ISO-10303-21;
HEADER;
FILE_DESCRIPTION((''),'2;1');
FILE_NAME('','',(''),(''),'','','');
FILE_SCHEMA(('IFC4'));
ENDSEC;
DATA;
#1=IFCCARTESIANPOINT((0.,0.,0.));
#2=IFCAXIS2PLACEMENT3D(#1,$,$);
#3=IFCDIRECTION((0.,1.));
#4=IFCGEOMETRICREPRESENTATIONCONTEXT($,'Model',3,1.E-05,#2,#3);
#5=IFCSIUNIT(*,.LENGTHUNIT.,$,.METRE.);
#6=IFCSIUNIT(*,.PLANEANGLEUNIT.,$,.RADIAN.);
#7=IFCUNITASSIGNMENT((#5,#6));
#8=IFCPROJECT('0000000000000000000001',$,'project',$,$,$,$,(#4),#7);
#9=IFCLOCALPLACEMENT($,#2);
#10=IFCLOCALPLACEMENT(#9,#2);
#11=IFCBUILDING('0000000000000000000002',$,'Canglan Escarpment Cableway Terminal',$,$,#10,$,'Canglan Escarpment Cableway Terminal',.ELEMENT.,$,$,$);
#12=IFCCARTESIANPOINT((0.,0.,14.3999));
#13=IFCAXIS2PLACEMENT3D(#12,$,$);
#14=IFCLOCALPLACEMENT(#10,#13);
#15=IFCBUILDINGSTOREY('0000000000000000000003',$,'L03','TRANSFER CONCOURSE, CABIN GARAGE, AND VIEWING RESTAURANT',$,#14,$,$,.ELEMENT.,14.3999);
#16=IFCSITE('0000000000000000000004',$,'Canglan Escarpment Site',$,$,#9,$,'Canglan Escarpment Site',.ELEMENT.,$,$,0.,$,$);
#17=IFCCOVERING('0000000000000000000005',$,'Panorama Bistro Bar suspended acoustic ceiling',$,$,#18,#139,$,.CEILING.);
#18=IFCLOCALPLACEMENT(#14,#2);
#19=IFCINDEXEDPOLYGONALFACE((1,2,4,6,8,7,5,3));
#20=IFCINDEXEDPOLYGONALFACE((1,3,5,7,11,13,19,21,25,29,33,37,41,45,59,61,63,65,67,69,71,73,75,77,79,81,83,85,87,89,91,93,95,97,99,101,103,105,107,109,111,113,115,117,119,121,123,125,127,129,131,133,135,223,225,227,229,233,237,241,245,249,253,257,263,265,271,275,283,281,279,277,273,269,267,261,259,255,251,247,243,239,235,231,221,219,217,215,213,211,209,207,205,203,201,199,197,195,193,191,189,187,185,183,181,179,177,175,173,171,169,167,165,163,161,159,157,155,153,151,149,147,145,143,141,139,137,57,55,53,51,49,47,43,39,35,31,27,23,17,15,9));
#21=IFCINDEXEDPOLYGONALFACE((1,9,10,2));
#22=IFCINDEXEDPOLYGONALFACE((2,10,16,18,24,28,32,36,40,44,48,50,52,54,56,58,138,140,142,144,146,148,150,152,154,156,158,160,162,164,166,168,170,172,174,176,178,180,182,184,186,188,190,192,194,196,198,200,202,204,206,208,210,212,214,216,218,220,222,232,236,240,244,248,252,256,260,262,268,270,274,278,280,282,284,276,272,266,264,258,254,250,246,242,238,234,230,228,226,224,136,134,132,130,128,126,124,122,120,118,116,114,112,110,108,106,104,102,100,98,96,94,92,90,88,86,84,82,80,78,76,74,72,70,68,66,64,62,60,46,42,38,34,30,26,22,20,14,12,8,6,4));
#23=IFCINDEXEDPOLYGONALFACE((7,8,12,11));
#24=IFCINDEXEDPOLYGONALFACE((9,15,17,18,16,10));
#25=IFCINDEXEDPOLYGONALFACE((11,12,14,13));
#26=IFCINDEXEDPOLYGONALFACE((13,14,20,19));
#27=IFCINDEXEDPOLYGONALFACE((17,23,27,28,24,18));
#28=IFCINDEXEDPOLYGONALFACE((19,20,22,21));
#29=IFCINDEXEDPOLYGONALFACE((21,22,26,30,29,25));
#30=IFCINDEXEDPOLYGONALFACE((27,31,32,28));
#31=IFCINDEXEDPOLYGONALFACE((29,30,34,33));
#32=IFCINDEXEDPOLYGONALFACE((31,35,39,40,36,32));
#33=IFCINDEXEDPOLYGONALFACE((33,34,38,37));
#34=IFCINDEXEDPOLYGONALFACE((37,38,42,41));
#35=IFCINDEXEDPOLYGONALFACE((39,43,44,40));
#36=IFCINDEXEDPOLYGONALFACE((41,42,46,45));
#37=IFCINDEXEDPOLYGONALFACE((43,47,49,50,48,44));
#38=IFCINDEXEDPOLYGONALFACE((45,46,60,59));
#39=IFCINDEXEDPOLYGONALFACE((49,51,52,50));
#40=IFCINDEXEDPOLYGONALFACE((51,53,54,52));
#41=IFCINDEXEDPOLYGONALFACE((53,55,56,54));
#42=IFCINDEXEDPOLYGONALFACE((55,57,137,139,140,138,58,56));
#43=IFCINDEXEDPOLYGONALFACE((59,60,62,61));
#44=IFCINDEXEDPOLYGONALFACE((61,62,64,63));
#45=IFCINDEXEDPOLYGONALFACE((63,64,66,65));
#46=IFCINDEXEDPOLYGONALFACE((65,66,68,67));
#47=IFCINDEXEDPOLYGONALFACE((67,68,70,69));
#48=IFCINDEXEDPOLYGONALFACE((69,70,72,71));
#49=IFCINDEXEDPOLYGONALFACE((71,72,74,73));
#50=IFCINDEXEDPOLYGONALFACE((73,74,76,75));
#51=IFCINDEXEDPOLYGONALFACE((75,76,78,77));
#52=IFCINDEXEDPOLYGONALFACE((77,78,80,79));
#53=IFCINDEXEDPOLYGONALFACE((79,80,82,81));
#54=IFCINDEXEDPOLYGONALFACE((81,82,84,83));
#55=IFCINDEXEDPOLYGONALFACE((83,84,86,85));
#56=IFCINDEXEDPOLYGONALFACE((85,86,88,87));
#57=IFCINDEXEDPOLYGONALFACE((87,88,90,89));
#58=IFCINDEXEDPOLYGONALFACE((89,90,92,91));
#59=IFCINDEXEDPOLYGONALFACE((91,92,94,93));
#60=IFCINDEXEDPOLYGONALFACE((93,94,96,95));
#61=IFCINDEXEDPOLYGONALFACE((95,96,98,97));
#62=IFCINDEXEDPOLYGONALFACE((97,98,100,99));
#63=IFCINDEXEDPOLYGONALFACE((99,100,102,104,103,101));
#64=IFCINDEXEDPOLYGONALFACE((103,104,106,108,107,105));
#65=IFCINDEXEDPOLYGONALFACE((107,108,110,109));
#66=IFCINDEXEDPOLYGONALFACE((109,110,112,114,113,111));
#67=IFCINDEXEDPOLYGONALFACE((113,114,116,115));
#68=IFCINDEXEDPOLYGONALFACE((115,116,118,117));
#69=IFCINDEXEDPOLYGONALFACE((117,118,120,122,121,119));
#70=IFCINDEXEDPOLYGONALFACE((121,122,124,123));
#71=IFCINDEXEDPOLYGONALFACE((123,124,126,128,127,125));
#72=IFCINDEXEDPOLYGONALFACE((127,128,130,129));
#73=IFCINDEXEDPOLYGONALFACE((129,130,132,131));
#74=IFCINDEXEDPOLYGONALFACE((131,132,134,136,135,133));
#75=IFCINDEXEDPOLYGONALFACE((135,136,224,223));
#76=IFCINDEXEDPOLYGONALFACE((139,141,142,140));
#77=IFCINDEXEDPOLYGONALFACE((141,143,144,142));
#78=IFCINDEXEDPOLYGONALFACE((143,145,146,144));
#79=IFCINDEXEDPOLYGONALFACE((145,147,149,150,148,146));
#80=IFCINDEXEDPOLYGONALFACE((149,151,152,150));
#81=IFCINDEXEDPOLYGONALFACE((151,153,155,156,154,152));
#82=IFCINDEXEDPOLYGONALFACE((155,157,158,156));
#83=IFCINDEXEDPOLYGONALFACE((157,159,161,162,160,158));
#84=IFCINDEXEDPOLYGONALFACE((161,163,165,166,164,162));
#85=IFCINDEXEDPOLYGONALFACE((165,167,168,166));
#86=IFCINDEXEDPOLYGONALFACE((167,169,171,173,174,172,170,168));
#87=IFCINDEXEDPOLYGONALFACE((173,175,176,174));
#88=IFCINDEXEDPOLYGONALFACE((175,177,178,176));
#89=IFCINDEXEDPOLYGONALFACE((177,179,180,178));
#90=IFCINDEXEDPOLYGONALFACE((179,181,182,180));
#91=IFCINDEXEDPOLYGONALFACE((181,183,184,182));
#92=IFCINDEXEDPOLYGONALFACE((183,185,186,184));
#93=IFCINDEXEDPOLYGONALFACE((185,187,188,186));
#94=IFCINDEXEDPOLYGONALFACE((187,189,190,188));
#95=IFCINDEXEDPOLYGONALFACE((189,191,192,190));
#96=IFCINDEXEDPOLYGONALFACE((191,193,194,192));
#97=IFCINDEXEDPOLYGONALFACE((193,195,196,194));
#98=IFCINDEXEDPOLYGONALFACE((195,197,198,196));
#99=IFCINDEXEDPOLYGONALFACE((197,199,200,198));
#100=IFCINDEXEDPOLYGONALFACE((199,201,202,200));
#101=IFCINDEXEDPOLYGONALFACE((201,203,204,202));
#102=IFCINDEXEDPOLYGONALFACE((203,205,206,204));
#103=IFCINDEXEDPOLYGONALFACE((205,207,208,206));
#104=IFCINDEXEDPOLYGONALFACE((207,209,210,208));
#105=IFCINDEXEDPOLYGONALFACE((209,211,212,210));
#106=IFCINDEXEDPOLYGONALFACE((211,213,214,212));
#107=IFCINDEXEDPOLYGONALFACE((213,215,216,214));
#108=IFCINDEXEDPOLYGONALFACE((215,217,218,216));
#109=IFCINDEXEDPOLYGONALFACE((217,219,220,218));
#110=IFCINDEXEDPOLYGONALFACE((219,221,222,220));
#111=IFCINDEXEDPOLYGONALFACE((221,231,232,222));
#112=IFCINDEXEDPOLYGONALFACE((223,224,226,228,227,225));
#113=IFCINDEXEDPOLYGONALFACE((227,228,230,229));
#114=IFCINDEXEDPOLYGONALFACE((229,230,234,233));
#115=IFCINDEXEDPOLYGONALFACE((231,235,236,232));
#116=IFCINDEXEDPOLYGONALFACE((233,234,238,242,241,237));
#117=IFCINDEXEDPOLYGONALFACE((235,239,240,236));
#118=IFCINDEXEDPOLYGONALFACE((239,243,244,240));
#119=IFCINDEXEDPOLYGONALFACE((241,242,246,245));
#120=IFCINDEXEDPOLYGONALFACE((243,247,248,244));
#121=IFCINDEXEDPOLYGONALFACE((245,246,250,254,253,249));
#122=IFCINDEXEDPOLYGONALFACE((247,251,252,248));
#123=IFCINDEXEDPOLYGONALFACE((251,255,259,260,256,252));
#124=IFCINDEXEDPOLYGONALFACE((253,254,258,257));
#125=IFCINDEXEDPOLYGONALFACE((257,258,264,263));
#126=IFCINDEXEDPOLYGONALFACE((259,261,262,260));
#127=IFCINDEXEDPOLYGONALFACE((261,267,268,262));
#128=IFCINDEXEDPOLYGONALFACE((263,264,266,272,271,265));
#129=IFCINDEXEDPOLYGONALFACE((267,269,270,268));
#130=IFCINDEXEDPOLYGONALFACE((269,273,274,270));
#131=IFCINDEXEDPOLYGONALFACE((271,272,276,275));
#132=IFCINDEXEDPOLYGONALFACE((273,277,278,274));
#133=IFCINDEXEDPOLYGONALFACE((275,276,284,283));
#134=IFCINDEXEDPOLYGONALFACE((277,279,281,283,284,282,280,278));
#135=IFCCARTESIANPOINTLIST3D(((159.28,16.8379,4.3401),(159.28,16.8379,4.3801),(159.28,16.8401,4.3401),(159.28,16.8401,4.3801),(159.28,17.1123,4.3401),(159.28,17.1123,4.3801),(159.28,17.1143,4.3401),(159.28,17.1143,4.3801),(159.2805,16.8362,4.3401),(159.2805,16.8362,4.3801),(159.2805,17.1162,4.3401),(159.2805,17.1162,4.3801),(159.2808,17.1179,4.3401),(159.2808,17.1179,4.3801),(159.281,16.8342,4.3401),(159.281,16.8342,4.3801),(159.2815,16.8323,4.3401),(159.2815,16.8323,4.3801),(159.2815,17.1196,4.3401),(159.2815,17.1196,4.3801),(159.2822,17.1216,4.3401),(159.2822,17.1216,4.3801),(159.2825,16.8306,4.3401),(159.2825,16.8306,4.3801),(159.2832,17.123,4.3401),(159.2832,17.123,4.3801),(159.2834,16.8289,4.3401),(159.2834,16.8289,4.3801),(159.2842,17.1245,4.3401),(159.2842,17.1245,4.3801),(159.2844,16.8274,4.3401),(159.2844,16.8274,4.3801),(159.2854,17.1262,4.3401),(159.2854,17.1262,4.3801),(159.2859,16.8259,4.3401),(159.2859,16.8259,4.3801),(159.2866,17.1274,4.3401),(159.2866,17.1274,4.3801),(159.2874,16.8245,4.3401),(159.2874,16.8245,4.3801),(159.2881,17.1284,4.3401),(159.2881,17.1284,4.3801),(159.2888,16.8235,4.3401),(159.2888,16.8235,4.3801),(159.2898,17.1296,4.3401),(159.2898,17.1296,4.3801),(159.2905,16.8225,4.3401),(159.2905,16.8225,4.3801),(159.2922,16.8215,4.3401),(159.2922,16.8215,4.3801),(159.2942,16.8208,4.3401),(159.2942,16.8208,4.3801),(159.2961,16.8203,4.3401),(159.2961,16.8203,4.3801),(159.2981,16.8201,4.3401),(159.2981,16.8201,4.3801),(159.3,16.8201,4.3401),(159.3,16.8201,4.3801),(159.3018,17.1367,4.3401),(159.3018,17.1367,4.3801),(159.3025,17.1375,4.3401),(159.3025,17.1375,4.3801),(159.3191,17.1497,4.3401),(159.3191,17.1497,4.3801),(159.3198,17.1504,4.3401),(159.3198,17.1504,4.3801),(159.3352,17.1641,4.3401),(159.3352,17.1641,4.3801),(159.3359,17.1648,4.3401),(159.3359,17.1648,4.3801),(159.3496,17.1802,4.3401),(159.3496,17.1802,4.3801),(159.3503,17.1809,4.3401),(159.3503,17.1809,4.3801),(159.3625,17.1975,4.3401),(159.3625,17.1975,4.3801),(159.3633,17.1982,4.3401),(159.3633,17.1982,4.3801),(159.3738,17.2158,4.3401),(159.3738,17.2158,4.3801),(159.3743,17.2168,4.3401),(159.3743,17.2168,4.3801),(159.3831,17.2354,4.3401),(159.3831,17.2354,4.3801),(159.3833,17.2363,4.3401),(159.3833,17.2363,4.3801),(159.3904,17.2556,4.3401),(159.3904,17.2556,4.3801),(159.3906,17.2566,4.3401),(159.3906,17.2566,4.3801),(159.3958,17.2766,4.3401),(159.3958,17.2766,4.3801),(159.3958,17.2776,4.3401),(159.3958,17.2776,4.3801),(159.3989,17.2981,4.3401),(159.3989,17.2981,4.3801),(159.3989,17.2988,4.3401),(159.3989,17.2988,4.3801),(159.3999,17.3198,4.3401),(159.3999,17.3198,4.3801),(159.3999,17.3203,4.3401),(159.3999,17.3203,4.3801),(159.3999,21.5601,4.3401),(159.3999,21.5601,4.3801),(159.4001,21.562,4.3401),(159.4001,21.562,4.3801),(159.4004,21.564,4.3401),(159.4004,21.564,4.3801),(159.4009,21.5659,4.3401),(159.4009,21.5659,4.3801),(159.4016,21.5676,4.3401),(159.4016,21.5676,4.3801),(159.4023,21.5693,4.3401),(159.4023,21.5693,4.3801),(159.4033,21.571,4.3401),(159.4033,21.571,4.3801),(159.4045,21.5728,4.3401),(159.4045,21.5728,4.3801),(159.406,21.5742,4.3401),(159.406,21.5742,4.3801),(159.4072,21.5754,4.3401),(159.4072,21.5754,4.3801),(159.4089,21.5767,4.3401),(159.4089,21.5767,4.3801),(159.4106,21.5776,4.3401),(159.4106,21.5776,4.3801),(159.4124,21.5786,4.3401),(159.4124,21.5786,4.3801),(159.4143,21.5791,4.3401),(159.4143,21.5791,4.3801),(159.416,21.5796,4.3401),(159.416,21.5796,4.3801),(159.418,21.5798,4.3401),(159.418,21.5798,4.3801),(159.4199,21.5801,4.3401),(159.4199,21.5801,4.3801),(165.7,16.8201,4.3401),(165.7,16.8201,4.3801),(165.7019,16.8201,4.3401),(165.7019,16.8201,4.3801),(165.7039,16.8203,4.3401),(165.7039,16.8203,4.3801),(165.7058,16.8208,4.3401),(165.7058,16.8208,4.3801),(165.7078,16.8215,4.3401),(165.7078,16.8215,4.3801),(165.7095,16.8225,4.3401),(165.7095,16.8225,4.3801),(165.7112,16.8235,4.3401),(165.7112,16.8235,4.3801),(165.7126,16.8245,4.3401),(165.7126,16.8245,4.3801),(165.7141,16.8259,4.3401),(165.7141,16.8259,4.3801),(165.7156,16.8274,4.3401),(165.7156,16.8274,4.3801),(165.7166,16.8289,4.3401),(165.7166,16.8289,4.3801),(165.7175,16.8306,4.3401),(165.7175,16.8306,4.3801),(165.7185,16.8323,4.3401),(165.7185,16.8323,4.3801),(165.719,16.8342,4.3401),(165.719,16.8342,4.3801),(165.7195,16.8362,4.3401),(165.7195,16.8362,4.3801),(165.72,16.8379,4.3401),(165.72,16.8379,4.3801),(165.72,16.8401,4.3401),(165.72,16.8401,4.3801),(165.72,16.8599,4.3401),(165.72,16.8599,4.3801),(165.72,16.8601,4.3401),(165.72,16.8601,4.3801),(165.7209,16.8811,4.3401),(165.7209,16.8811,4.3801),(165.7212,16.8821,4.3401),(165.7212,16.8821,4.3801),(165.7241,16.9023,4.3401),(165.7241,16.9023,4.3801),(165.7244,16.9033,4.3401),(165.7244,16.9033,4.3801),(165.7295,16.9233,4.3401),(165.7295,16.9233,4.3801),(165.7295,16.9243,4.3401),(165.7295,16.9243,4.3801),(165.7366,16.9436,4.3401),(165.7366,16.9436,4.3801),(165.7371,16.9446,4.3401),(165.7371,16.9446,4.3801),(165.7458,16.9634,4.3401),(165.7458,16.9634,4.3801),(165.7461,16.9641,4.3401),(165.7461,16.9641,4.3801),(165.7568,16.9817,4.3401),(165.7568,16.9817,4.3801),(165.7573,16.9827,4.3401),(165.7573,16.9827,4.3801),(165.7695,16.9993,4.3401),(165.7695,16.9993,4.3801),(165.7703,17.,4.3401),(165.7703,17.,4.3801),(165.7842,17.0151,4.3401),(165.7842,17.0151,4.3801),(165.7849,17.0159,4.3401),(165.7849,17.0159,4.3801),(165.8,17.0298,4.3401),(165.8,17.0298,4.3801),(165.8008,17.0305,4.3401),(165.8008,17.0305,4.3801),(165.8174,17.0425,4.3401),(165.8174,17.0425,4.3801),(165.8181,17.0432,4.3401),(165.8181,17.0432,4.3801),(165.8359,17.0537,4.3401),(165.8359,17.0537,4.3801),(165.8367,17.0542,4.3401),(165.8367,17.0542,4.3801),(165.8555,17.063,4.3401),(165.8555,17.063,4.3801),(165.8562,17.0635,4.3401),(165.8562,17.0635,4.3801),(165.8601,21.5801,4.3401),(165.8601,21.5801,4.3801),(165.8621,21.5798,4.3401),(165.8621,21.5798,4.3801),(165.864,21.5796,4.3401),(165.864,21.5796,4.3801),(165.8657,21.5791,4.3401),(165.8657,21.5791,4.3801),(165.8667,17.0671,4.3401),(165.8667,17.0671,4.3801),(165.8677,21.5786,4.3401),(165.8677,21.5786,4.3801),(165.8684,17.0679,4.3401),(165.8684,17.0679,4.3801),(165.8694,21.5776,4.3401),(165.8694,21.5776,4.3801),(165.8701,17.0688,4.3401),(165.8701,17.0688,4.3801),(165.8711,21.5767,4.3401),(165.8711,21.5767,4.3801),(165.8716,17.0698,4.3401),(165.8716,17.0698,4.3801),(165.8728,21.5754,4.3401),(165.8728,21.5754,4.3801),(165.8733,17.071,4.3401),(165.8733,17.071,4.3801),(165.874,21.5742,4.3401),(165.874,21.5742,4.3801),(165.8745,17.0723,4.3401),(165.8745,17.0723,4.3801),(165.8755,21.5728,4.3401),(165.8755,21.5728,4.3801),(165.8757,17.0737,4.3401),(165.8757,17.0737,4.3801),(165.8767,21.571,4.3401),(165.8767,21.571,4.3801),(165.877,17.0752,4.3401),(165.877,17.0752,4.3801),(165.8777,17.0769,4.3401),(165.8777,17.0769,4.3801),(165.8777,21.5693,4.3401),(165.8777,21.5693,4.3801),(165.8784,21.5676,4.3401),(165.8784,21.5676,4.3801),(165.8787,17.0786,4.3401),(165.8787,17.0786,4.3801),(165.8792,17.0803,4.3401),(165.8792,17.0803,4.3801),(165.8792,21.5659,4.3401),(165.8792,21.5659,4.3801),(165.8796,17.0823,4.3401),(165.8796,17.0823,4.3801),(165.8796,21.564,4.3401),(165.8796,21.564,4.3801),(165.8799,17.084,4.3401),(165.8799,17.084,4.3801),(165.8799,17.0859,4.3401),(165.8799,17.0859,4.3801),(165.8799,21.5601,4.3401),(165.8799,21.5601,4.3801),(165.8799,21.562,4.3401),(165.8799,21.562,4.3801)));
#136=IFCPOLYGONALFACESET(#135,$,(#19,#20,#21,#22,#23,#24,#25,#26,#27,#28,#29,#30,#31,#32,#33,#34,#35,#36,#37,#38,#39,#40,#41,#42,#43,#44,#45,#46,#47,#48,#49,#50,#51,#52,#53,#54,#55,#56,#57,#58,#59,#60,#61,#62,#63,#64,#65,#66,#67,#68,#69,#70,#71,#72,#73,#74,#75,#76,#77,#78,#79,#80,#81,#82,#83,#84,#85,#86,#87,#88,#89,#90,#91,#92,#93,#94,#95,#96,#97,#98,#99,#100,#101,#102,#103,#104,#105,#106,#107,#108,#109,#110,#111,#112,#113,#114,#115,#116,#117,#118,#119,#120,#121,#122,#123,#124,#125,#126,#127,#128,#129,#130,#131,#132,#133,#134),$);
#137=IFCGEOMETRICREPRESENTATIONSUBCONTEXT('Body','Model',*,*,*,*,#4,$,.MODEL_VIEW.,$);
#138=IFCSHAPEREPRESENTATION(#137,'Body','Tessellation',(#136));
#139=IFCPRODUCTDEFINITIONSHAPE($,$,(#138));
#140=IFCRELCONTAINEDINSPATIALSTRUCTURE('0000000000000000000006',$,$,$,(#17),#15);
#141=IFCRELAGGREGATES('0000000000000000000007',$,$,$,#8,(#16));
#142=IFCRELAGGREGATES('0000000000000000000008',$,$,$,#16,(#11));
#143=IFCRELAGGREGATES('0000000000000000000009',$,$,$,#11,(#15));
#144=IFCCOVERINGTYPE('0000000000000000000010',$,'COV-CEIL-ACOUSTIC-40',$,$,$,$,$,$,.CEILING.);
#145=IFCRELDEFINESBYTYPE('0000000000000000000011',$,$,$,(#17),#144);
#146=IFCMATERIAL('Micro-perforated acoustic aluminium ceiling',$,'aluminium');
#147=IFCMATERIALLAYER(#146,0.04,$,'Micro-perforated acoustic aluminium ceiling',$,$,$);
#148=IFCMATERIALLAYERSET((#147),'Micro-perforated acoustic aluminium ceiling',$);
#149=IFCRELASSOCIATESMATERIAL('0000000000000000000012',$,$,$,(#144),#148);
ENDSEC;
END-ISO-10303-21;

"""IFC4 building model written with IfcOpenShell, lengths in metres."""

from ifc_helpers import new_model, si_unit, direction, frame, origin, place, context, subcontext, project, spatial, polyline, outline, extrude, material, layer, layer_set, type_object, element, save


model = new_model("IFC4")

# Units and contexts
model_context = context("Model", 3, precision=1e-05, world=origin(), true_north=direction((0.0, 1.0)))
body_context = subcontext(model_context, "Body", "Model", "MODEL_VIEW")
ifc_project = project(units=[si_unit("LENGTHUNIT", "METRE"), si_unit("PLANEANGLEUNIT", "RADIAN")], contexts=[model_context])

# Site, building, storey
site_placement = place(None, origin())
site = spatial("IfcSite", under=ifc_project, at=site_placement, Name="Canglan Escarpment Site", LongName="Canglan Escarpment Site", CompositionType="ELEMENT", RefElevation=0.0)
building_placement = place(site_placement, origin())
building = spatial("IfcBuilding", under=site, at=building_placement, Name="Canglan Escarpment Cableway Terminal", LongName="Canglan Escarpment Cableway Terminal", CompositionType="ELEMENT")
storey_placement = place(building_placement, frame((0.0, 0.0, 14.3999)))
storey = spatial("IfcBuildingStorey", under=building, at=storey_placement, Name="L03", Description="TRANSFER CONCOURSE, CABIN GARAGE, AND VIEWING RESTAURANT", CompositionType="ELEMENT", Elevation=14.3999)

# Covering
ifc_material_1 = material(Name="Micro-perforated acoustic aluminium ceiling", Category="aluminium")
ifc_layer_1 = layer(ifc_material_1, 0.04, Name="Micro-perforated acoustic aluminium ceiling")
ifc_layer_set_1 = layer_set([ifc_layer_1], Name="Micro-perforated acoustic aluminium ceiling")
covering_type_1 = type_object("IfcCoveringType", Name="COV-CEIL-ACOUSTIC-40", PredefinedType="CEILING", material=ifc_layer_set_1)
covering_1_placement = place(storey_placement, frame((0.0, 0.0, 4.3401)))
element("IfcCovering", 1, at=covering_1_placement, inside=storey, type_object=covering_type_1, Name="Panorama Bistro Bar suspended acoustic ceiling", PredefinedType="CEILING", context=body_context, shape_type="SweptSolid", body=[
    extrude(outline(polyline([(159.28, 17.1123), (159.28, 17.1143), (159.2805, 17.1162), (159.2808, 17.1179), (159.2815, 17.1196), (159.2822, 17.1216), (159.2832, 17.123), (159.2842, 17.1245), (159.2854, 17.1262), (159.2866, 17.1274), (159.2881, 17.1284), (159.2898, 17.1296), (159.3018, 17.1367), (159.3025, 17.1375), (159.3191, 17.1497), (159.3198, 17.1504), (159.3352, 17.1641), (159.3359, 17.1648), (159.3496, 17.1802), (159.3503, 17.1809), (159.3625, 17.1975), (159.3633, 17.1982), (159.3738, 17.2158), (159.3743, 17.2168), (159.3831, 17.2354), (159.3833, 17.2363), (159.3904, 17.2556), (159.3906, 17.2566), (159.3958, 17.2766), (159.3958, 17.2776), (159.3989, 17.2981), (159.3989, 17.2988), (159.3999, 17.3198), (159.3999, 17.3203), (159.3999, 21.5601), (159.4001, 21.562), (159.4004, 21.564), (159.4009, 21.5659), (159.4016, 21.5676), (159.4023, 21.5693), (159.4033, 21.571), (159.4045, 21.5728), (159.406, 21.5742), (159.4072, 21.5754), (159.4089, 21.5767), (159.4106, 21.5776), (159.4124, 21.5786), (159.4143, 21.5791), (159.416, 21.5796), (159.418, 21.5798), (159.4199, 21.5801), (165.8601, 21.5801), (165.8621, 21.5798), (165.864, 21.5796), (165.8657, 21.5791), (165.8677, 21.5786), (165.8694, 21.5776), (165.8711, 21.5767), (165.8728, 21.5754), (165.874, 21.5742), (165.8755, 21.5728), (165.8767, 21.571), (165.8777, 21.5693), (165.8784, 21.5676), (165.8792, 21.5659), (165.8796, 21.564), (165.8799, 21.562), (165.8799, 21.5601), (165.8799, 17.0859), (165.8799, 17.084), (165.8796, 17.0823), (165.8792, 17.0803), (165.8787, 17.0786), (165.8777, 17.0769), (165.877, 17.0752), (165.8757, 17.0737), (165.8745, 17.0723), (165.8733, 17.071), (165.8716, 17.0698), (165.8701, 17.0688), (165.8684, 17.0679), (165.8667, 17.0671), (165.8562, 17.0635), (165.8555, 17.063), (165.8367, 17.0542), (165.8359, 17.0537), (165.8181, 17.0432), (165.8174, 17.0425), (165.8008, 17.0305), (165.8, 17.0298), (165.7849, 17.0159), (165.7842, 17.0151), (165.7703, 17.0), (165.7695, 16.9993), (165.7573, 16.9827), (165.7568, 16.9817), (165.7461, 16.9641), (165.7458, 16.9634), (165.7371, 16.9446), (165.7366, 16.9436), (165.7295, 16.9243), (165.7295, 16.9233), (165.7244, 16.9033), (165.7241, 16.9023), (165.7212, 16.8821), (165.7209, 16.8811), (165.72, 16.8601), (165.72, 16.8599), (165.72, 16.8401), (165.72, 16.8379), (165.7195, 16.8362), (165.719, 16.8342), (165.7185, 16.8323), (165.7175, 16.8306), (165.7166, 16.8289), (165.7156, 16.8274), (165.7141, 16.8259), (165.7126, 16.8245), (165.7112, 16.8235), (165.7095, 16.8225), (165.7078, 16.8215), (165.7058, 16.8208), (165.7039, 16.8203), (165.7019, 16.8201), (165.7, 16.8201), (159.3, 16.8201), (159.2981, 16.8201), (159.2961, 16.8203), (159.2942, 16.8208), (159.2922, 16.8215), (159.2905, 16.8225), (159.2888, 16.8235), (159.2874, 16.8245), (159.2859, 16.8259), (159.2844, 16.8274), (159.2834, 16.8289), (159.2825, 16.8306), (159.2815, 16.8323), (159.281, 16.8342), (159.2805, 16.8362), (159.28, 16.8379), (159.28, 16.8401), (159.28, 17.1123)])), origin(), (0.0, 0.0, 1.0), 0.04),
])

save(model, "model.ifc")
